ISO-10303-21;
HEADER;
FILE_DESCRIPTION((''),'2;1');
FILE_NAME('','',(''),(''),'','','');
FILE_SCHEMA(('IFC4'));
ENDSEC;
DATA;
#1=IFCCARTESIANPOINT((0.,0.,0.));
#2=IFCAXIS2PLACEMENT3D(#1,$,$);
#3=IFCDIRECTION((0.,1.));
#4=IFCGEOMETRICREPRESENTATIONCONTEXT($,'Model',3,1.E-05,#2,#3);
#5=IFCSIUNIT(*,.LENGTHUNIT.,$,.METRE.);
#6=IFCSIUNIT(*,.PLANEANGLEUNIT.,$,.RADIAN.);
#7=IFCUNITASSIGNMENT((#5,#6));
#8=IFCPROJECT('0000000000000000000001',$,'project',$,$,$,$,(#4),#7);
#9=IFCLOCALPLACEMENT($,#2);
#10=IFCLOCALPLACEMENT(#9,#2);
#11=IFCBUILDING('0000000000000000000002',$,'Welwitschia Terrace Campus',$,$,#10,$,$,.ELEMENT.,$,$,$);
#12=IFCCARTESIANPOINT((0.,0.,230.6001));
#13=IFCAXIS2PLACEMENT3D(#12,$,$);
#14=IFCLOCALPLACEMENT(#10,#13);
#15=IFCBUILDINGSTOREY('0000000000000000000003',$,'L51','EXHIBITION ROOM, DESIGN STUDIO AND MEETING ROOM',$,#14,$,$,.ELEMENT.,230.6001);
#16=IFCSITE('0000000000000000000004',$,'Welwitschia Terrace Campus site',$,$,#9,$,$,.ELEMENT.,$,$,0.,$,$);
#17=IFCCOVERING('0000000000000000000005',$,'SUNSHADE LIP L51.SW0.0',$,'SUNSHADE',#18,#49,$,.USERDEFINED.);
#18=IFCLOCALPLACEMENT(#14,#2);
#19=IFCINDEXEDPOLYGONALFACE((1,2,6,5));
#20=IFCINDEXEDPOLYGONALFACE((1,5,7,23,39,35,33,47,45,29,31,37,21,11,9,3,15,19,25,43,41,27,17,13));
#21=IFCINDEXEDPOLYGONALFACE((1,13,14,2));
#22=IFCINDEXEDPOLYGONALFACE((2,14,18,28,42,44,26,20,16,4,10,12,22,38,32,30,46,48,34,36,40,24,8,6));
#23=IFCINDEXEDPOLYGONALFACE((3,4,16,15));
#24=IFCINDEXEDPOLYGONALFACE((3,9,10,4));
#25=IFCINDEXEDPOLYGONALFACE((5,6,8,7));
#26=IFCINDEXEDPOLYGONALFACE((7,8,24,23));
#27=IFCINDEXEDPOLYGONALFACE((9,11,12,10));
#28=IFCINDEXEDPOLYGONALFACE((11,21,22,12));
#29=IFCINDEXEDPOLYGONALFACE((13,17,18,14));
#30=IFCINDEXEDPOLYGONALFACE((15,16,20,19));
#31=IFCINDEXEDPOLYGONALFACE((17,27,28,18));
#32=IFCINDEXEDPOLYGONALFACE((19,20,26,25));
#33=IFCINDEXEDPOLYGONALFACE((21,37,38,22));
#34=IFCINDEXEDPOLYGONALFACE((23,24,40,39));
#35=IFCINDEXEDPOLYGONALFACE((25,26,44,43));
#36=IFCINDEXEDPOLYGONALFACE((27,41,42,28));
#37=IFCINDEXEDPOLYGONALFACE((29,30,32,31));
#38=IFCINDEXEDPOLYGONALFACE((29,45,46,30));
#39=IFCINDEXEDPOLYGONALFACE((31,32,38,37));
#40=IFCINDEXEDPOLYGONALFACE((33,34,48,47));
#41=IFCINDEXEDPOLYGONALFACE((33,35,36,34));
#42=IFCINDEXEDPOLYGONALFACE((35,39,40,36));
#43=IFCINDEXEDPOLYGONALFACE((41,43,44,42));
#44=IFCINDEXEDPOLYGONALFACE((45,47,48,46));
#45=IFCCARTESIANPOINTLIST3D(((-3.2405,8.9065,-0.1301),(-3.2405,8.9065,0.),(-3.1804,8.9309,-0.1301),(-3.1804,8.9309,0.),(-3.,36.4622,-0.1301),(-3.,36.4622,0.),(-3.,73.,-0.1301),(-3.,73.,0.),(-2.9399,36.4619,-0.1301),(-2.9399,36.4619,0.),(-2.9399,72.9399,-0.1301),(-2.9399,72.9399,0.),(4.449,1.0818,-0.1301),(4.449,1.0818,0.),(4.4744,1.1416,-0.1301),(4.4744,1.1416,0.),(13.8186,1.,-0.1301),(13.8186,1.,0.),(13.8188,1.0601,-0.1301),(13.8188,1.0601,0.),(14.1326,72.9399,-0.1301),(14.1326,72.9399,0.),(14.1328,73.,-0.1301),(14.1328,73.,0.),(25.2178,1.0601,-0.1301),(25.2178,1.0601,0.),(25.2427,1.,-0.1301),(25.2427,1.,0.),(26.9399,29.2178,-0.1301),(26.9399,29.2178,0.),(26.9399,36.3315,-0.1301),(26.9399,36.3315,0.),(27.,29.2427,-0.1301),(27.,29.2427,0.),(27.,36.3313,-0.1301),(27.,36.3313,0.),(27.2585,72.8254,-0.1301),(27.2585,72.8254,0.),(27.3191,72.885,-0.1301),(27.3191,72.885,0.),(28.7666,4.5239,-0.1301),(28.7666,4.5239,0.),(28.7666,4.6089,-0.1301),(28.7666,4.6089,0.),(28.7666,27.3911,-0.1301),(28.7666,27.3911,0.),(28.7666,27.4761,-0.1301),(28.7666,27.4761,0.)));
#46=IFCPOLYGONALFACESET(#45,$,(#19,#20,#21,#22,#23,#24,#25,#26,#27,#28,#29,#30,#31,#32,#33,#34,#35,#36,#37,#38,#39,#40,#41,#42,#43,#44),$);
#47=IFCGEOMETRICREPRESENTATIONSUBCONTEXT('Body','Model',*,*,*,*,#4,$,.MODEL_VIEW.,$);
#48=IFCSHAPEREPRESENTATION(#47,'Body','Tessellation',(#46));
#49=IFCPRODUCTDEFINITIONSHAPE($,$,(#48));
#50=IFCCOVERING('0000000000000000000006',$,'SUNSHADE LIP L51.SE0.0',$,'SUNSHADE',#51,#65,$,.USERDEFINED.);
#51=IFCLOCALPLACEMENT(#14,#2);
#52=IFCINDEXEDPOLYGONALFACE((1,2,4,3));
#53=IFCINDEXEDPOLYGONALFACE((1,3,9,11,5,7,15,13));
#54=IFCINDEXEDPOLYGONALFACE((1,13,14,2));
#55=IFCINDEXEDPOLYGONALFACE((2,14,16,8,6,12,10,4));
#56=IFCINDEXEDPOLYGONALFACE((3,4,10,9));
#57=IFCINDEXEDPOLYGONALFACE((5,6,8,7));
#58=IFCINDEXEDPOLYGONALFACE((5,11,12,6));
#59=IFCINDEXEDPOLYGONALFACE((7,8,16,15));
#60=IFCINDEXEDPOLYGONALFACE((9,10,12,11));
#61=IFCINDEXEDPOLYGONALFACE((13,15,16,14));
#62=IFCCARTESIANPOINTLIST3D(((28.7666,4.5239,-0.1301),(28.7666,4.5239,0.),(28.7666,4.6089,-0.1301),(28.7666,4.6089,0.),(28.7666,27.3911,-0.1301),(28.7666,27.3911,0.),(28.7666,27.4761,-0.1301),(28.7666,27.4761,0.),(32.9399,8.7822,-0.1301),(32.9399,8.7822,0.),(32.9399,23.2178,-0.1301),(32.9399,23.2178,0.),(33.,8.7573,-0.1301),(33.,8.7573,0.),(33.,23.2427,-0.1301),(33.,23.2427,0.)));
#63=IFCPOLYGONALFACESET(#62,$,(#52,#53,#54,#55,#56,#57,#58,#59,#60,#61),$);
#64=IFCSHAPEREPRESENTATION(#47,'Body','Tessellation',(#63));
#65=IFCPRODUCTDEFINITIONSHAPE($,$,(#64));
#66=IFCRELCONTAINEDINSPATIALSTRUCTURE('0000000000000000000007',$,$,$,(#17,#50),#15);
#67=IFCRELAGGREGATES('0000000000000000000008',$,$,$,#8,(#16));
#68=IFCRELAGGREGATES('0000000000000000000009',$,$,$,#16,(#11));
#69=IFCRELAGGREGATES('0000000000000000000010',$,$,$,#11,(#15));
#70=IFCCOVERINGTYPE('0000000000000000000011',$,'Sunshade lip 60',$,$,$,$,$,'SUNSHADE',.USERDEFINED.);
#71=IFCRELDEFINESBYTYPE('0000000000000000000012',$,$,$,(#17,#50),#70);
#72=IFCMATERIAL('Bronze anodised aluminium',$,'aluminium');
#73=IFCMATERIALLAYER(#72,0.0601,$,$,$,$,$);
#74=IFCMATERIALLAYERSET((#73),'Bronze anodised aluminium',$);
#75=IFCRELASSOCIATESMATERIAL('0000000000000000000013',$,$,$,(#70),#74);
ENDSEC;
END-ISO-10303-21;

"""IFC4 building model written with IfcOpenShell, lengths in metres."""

from ifc_helpers import new_model, si_unit, direction, frame, origin, place, context, subcontext, project, spatial, polyline, outline, extrude, material, layer, layer_set, type_object, element, save


model = new_model("IFC4")

# Units and contexts
model_context = context("Model", 3, precision=1e-05, world=origin(), true_north=direction((0.0, 1.0)))
body_context = subcontext(model_context, "Body", "Model", "MODEL_VIEW")
ifc_project = project(units=[si_unit("LENGTHUNIT", "METRE"), si_unit("PLANEANGLEUNIT", "RADIAN")], contexts=[model_context])

# Site, building, storey
site_placement = place(None, origin())
site = spatial("IfcSite", under=ifc_project, at=site_placement, Name="Welwitschia Terrace Campus site", CompositionType="ELEMENT", RefElevation=0.0)
building_placement = place(site_placement, origin())
building = spatial("IfcBuilding", under=site, at=building_placement, Name="Welwitschia Terrace Campus", CompositionType="ELEMENT")
storey_placement = place(building_placement, frame((0.0, 0.0, 230.6001)))
storey = spatial("IfcBuildingStorey", under=building, at=storey_placement, Name="L51", Description="EXHIBITION ROOM, DESIGN STUDIO AND MEETING ROOM", CompositionType="ELEMENT", Elevation=230.6001)

# Coverings
ifc_material_1 = material(Name="Bronze anodised aluminium", Category="aluminium")
ifc_layer_1 = layer(ifc_material_1, 0.0601)
ifc_layer_set_1 = layer_set([ifc_layer_1], Name="Bronze anodised aluminium")
covering_type_1 = type_object("IfcCoveringType", Name="Sunshade lip 60", ElementType="SUNSHADE", PredefinedType="USERDEFINED", material=ifc_layer_set_1)
covering_1_placement = place(storey_placement, frame((0.0, 0.0, -0.1301)))
element("IfcCovering", 1, at=covering_1_placement, inside=storey, type_object=covering_type_1, Name="SUNSHADE LIP L51.SW0.0", ObjectType="SUNSHADE", PredefinedType="USERDEFINED", context=body_context, shape_type="SweptSolid", body=[
    extrude(outline(polyline([(27.0, 29.2427), (28.7666, 27.4761), (28.7666, 27.3911), (26.9399, 29.2178), (26.9399, 36.3315), (27.2585, 72.8254), (14.1326, 72.9399), (-2.9399, 72.9399), (-2.9399, 36.4619), (-3.1804, 8.9309), (4.4744, 1.1416), (13.8188, 1.0601), (25.2178, 1.0601), (28.7666, 4.6089), (28.7666, 4.5239), (25.2427, 1.0), (13.8186, 1.0), (4.449, 1.0818), (-3.2405, 8.9065), (-3.0, 36.4622), (-3.0, 73.0), (14.1328, 73.0), (27.3191, 72.885), (27.0, 36.3313), (27.0, 29.2427)])), origin(), (0.0, 0.0, 1.0), 0.1301),
])
covering_2_placement = place(storey_placement, frame((0.0, 0.0, -0.1301)))
element("IfcCovering", 2, at=covering_2_placement, inside=storey, type_object=covering_type_1, Name="SUNSHADE LIP L51.SE0.0", ObjectType="SUNSHADE", PredefinedType="USERDEFINED", context=body_context, shape_type="SweptSolid", body=[
    extrude(outline(polyline([(33.0, 8.7573), (28.7666, 4.5239), (28.7666, 4.6089), (32.9399, 8.7822), (32.9399, 23.2178), (28.7666, 27.3911), (28.7666, 27.4761), (33.0, 23.2427), (33.0, 8.7573)])), origin(), (0.0, 0.0, 1.0), 0.1301),
])

save(model, "model.ifc")
